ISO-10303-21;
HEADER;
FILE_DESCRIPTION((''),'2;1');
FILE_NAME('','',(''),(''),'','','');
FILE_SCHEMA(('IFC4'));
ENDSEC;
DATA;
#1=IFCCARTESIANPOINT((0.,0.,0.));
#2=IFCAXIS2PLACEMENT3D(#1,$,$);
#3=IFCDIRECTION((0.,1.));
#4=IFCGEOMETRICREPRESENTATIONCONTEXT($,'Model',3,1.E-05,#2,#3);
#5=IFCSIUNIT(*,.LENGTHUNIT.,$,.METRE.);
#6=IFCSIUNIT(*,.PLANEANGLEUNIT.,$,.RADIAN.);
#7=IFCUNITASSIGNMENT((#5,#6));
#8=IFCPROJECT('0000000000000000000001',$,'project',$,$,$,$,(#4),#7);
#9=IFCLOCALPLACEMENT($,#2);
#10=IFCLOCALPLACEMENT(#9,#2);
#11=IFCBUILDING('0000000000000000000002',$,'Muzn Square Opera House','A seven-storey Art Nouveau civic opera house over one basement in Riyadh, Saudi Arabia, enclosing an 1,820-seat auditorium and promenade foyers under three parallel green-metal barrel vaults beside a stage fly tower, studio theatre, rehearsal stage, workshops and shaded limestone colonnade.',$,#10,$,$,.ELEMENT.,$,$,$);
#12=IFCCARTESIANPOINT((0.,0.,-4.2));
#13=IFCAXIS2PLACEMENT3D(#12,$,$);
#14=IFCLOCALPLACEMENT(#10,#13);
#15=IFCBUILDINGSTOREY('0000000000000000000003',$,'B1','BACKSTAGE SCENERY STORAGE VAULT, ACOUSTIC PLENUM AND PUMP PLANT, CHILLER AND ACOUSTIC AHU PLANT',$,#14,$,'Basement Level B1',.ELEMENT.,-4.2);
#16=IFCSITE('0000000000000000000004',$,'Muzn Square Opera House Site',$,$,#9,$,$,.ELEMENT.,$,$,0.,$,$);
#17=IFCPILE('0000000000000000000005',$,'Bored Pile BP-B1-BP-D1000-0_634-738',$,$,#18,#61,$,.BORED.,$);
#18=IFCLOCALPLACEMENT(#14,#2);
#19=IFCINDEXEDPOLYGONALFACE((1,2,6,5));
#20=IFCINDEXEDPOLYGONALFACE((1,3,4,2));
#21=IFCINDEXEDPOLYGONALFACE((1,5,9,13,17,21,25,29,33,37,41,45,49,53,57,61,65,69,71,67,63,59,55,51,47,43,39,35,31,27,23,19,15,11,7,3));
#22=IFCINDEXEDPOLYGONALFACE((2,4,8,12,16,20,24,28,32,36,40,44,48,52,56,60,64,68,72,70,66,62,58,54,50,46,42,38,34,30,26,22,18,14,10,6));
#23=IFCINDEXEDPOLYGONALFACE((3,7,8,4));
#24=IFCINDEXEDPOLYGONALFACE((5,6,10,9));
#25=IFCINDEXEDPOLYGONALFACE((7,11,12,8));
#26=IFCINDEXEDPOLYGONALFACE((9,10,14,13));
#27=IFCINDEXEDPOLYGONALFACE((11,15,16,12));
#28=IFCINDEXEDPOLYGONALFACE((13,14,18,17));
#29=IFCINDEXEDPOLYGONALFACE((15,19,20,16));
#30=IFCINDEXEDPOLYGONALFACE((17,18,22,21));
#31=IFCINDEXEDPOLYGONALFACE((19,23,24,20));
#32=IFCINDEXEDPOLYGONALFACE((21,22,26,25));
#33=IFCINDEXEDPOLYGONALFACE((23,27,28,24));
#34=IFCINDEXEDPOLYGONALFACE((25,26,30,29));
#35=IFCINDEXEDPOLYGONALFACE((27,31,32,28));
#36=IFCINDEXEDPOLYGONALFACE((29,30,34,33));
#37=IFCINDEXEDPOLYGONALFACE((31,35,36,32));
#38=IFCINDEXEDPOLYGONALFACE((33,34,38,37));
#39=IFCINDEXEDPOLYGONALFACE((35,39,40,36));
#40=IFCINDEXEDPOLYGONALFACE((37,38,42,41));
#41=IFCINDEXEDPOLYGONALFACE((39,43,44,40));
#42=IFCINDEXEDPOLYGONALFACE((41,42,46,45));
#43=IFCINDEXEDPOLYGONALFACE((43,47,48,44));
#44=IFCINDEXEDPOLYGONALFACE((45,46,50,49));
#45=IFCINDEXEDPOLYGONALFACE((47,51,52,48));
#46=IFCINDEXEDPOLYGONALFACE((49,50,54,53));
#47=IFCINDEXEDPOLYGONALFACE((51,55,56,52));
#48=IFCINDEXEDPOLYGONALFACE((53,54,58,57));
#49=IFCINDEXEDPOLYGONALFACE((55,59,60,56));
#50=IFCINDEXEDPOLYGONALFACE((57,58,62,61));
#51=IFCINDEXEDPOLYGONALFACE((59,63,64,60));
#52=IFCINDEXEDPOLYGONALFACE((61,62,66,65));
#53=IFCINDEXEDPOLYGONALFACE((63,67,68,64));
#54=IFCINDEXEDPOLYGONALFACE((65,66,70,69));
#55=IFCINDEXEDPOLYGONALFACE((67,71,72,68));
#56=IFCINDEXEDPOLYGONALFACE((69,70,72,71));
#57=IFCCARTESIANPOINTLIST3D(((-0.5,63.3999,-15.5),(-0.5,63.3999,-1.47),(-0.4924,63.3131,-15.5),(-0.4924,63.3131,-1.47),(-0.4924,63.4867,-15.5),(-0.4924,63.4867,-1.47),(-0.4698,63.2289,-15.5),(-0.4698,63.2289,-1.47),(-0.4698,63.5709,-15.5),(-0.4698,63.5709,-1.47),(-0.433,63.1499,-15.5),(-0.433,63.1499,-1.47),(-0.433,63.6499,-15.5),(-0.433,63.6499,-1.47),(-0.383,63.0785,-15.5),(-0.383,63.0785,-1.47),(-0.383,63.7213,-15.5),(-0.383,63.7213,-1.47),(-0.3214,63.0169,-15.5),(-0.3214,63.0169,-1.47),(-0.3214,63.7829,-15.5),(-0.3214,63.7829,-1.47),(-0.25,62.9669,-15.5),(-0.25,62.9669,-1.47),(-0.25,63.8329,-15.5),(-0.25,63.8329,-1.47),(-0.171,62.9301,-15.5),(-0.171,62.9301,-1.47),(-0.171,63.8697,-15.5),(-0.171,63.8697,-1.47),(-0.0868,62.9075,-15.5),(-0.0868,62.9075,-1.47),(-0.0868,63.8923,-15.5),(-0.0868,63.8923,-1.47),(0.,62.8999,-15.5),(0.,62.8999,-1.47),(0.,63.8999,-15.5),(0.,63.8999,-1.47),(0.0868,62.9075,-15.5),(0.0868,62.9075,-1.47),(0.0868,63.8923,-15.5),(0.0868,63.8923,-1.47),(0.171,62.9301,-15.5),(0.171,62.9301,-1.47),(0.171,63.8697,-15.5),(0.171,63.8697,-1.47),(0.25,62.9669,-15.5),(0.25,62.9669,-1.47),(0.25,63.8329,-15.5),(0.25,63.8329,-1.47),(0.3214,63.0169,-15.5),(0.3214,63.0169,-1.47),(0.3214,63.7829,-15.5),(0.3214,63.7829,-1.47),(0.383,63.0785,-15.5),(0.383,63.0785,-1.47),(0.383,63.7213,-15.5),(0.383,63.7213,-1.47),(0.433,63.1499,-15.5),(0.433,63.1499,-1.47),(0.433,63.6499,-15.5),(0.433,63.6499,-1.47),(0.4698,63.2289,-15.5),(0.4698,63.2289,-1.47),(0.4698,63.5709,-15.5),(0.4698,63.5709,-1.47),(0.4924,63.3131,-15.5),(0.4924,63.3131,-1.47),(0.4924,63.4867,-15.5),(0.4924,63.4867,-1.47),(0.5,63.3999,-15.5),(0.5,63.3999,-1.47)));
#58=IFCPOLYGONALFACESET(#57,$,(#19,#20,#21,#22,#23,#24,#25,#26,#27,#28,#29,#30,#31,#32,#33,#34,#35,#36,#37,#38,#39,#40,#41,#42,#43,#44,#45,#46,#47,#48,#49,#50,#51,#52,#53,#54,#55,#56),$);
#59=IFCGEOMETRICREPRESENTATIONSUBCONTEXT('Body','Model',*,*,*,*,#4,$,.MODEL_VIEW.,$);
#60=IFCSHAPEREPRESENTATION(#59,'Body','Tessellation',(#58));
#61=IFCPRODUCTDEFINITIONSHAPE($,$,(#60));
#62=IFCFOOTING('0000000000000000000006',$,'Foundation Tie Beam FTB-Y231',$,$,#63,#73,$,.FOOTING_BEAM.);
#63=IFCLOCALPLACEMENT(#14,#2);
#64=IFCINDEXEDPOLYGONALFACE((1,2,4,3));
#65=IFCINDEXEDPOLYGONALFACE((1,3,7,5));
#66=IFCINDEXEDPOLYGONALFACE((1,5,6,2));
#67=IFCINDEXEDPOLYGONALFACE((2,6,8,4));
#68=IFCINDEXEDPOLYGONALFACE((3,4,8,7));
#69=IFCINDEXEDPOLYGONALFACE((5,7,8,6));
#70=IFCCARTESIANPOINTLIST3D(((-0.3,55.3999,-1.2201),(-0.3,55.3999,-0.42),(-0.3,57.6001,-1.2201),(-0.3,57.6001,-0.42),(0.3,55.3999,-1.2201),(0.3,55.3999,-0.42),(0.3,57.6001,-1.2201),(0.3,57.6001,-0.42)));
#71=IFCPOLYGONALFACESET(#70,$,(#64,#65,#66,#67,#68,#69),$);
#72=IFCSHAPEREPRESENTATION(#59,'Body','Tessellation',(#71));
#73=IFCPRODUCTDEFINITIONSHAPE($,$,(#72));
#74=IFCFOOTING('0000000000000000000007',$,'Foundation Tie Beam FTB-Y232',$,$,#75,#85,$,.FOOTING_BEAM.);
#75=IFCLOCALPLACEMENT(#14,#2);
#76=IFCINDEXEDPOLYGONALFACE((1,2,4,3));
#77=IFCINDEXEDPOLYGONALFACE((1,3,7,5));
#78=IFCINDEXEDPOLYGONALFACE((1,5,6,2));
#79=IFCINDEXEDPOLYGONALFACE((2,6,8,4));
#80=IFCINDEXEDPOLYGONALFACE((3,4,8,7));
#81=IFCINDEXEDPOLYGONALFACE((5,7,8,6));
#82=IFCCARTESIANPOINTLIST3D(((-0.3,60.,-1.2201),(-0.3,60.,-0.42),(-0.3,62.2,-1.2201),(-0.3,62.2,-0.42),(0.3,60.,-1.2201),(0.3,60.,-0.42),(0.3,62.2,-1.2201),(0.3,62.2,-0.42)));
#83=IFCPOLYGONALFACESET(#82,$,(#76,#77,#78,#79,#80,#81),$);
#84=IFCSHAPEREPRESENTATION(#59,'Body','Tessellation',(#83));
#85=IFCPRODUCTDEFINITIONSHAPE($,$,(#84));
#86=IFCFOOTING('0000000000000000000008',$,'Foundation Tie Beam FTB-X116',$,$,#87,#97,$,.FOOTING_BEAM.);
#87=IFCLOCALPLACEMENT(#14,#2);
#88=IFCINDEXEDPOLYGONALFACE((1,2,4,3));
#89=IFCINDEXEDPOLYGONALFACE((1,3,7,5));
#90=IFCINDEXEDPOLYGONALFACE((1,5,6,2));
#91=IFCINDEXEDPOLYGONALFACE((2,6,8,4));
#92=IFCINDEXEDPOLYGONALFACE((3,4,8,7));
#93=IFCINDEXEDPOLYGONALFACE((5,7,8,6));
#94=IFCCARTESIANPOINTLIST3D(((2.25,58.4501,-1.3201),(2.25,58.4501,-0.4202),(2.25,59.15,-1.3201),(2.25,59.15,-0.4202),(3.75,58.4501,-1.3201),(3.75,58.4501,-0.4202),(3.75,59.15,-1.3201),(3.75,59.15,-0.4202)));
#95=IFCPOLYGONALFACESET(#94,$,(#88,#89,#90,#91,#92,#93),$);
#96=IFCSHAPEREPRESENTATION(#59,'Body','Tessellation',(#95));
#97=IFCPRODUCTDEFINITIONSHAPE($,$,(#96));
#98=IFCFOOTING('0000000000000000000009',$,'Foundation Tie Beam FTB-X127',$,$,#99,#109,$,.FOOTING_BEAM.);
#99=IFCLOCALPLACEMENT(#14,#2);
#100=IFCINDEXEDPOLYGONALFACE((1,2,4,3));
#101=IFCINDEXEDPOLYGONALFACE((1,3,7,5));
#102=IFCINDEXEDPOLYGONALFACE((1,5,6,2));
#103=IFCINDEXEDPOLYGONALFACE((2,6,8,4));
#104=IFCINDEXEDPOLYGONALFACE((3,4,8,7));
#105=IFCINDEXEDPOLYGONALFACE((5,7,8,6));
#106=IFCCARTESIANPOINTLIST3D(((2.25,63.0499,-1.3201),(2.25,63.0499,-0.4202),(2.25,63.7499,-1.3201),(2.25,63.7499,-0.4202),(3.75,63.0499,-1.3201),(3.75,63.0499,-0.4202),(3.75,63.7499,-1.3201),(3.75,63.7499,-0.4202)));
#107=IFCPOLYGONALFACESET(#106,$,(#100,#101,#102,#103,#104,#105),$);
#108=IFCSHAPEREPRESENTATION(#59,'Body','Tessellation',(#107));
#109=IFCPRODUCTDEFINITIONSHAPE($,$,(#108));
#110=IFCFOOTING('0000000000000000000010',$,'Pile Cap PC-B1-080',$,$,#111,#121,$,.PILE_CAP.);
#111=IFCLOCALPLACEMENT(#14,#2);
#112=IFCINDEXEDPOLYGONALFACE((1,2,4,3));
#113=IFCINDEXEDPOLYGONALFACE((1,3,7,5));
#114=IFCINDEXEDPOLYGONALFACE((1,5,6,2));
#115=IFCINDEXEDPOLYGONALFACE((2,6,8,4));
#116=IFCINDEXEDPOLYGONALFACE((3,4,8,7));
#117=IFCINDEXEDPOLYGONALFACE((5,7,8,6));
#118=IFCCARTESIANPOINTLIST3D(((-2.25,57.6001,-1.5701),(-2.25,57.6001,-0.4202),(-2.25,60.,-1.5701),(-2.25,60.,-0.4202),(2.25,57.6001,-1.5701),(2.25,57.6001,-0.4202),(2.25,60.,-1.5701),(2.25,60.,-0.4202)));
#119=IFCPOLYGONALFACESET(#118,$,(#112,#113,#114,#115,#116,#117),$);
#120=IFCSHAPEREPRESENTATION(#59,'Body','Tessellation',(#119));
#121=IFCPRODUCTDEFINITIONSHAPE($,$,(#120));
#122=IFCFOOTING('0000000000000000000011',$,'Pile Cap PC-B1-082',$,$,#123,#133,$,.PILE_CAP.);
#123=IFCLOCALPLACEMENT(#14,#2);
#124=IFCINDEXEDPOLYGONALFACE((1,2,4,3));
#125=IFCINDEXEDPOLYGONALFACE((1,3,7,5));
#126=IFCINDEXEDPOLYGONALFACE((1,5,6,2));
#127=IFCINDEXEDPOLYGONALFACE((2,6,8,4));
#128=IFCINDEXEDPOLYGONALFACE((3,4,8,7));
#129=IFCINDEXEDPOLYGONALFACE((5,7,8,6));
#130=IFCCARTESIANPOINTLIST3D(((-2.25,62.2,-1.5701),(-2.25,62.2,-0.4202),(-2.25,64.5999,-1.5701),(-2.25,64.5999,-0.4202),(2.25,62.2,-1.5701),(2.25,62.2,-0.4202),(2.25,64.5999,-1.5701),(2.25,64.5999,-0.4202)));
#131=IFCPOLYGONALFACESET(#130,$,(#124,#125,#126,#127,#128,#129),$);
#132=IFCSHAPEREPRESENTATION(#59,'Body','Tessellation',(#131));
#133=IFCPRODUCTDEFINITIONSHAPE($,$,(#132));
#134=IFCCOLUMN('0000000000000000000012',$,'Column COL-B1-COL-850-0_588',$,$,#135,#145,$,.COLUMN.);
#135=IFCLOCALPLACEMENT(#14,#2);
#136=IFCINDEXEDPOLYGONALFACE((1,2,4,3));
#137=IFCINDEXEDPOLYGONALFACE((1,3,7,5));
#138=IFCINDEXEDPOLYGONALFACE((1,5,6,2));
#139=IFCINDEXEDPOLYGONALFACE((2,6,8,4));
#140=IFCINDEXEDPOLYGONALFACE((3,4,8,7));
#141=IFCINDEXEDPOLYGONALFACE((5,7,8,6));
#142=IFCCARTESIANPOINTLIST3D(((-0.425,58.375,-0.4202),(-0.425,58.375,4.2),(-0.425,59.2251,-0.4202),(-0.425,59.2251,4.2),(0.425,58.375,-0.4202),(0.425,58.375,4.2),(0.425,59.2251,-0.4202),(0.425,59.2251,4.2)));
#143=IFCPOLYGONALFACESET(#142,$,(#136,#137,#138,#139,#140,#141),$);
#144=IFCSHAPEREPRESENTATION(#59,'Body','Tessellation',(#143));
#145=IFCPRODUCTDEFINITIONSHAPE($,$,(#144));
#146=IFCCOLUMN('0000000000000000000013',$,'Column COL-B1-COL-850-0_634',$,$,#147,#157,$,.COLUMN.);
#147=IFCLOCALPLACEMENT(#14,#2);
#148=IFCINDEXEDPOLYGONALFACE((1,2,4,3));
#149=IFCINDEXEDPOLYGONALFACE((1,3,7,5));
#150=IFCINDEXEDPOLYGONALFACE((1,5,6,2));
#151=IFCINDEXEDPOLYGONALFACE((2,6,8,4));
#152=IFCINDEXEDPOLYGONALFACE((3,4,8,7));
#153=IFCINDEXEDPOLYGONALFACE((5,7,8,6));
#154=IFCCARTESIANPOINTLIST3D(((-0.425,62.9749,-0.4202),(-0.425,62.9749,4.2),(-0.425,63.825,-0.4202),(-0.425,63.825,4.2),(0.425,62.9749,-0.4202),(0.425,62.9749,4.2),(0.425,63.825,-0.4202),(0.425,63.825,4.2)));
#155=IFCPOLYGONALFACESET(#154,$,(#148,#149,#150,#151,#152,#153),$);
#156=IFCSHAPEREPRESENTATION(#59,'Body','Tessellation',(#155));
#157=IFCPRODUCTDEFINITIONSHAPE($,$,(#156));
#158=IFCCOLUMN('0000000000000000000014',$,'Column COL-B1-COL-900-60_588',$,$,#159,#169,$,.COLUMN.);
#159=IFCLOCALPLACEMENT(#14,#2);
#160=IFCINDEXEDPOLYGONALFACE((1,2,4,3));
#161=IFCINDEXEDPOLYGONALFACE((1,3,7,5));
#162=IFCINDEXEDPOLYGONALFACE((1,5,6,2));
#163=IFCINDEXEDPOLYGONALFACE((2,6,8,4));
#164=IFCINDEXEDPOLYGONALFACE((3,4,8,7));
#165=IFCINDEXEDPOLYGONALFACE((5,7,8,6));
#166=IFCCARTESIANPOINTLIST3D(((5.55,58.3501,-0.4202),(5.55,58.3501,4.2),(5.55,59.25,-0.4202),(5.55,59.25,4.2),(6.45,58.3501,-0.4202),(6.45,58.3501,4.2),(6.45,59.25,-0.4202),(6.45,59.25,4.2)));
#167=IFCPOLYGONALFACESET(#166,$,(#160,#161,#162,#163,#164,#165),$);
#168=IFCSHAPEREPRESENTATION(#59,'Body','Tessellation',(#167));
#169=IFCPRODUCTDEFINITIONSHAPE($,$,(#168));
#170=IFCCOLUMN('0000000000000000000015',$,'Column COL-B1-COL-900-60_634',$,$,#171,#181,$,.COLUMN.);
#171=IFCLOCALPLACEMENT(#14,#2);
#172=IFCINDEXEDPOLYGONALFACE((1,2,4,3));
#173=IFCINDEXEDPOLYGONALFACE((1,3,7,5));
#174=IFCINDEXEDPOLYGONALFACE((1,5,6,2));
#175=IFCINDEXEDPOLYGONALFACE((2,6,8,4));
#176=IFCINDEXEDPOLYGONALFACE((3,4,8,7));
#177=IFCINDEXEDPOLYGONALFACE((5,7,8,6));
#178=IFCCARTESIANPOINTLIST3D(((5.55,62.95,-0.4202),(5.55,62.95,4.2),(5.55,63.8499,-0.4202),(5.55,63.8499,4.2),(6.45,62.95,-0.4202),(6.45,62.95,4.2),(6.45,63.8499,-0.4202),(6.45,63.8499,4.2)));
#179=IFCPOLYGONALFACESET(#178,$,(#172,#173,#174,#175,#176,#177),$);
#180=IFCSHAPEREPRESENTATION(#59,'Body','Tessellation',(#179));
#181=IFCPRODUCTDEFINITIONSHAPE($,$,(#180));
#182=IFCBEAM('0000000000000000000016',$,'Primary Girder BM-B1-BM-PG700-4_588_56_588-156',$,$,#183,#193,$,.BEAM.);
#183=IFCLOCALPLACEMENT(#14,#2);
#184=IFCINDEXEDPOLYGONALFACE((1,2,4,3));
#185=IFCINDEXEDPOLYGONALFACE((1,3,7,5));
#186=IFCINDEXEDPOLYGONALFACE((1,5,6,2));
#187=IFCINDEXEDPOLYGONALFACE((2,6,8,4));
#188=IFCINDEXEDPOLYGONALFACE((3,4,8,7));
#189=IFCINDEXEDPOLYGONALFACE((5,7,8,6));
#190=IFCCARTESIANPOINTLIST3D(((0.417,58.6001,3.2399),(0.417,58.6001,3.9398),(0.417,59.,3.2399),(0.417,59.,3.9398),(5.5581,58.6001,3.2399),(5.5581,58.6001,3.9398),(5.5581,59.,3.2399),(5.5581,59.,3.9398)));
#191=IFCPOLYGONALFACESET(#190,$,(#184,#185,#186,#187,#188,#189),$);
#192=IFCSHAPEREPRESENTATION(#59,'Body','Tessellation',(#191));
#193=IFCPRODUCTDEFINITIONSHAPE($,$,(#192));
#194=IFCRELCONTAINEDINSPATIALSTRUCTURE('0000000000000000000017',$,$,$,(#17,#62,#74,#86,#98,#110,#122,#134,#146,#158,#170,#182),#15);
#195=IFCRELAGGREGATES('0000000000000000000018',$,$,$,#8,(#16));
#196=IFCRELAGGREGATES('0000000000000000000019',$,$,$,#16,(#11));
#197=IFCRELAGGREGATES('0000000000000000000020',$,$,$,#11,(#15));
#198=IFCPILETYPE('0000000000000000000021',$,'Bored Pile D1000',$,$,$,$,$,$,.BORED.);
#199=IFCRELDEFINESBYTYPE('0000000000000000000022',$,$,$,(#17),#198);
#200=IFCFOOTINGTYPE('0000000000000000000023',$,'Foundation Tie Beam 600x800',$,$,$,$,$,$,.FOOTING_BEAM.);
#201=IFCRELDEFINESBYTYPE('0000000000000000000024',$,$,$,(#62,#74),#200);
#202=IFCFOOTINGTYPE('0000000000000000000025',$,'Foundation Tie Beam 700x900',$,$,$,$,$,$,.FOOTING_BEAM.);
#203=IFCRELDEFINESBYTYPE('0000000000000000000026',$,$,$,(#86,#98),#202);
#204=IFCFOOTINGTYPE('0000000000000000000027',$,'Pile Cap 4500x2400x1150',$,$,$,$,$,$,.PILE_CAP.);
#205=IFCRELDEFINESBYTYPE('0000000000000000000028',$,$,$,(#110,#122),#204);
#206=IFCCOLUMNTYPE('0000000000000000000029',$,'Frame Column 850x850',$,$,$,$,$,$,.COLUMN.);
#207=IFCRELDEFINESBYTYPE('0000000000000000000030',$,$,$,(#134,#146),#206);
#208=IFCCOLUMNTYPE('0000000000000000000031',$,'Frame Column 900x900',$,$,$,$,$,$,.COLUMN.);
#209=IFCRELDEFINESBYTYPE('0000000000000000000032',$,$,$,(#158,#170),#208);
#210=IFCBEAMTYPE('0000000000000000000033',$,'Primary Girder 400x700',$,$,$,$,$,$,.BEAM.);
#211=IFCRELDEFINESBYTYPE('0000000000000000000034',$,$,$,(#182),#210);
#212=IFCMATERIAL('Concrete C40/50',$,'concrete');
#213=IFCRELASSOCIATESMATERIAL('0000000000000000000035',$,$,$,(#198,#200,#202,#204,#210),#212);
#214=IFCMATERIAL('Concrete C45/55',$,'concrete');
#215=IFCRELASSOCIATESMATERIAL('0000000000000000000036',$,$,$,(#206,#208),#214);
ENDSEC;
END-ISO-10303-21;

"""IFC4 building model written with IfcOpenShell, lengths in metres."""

from ifc_helpers import new_model, si_unit, direction, frame, origin, origin_2d, place, context, subcontext, project, spatial, rectangle, circle, extrude, material, material_profile, profile_set, type_object, element, save


model = new_model("IFC4")

# Units and contexts
model_context = context("Model", 3, precision=1e-05, world=origin(), true_north=direction((0.0, 1.0)))
body_context = subcontext(model_context, "Body", "Model", "MODEL_VIEW")
ifc_project = project(units=[si_unit("LENGTHUNIT", "METRE"), si_unit("PLANEANGLEUNIT", "RADIAN")], contexts=[model_context])

# Site, building, storey
site_placement = place(None, origin())
site = spatial("IfcSite", under=ifc_project, at=site_placement, Name="Muzn Square Opera House Site", CompositionType="ELEMENT", RefElevation=0.0)
building_placement = place(site_placement, origin())
building = spatial("IfcBuilding", under=site, at=building_placement, Name="Muzn Square Opera House", Description="A seven-storey Art Nouveau civic opera house over one basement in Riyadh, Saudi Arabia, enclosing an 1,820-seat auditorium and promenade foyers under three parallel green-metal barrel vaults beside a stage fly tower, studio theatre, rehearsal stage, workshops and shaded limestone colonnade.", CompositionType="ELEMENT")
storey_placement = place(building_placement, frame((0.0, 0.0, -4.2)))
storey = spatial("IfcBuildingStorey", under=building, at=storey_placement, Name="B1", Description="BACKSTAGE SCENERY STORAGE VAULT, ACOUSTIC PLENUM AND PUMP PLANT, CHILLER AND ACOUSTIC AHU PLANT", LongName="Basement Level B1", CompositionType="ELEMENT", Elevation=-4.2)

# Pile
ifc_material_1 = material(Name="Concrete C40/50", Category="concrete")
ifc_material_profile_1 = material_profile(ifc_material_1, circle(Radius=0.5, at=origin_2d()), Name="BORED PILE D1000", Category="concrete")
ifc_profile_set_1 = profile_set([ifc_material_profile_1], Name="Concrete C40/50")
pile_type = type_object("IfcPileType", Name="Bored Pile D1000", PredefinedType="BORED", material=ifc_profile_set_1)
for number, where, z_axis, x_axis, name in (
    (1, (0.0, 63.3999, -1.47), (0.0, 0.0, -1.0), (1.0, 0.0, 0.0), "Bored Pile BP-B1-BP-D1000-0_634-738"),
):
    element("IfcPile", number, at=place(storey_placement, frame(where, z_axis=z_axis, x_axis=x_axis)), inside=storey, type_object=pile_type, Name=name, PredefinedType="BORED", context=body_context, shape_type="SweptSolid", body=[
        extrude(circle(Radius=0.5, at=origin_2d()), origin(), (0.0, 0.0, 1.0), 14.03),
    ])

# Footings
ifc_material_profile_2 = material_profile(ifc_material_1, rectangle(XDim=0.6001, YDim=0.8, at=origin_2d()), Name="RCTB 600x800", Category="concrete")
ifc_profile_set_2 = profile_set([ifc_material_profile_2], Name="Concrete C40/50")
footing_type_1 = type_object("IfcFootingType", Name="Foundation Tie Beam 600x800", PredefinedType="FOOTING_BEAM", material=ifc_profile_set_2)
footing_1_placement = place(storey_placement, frame((0.0, 55.3999, -0.8201), z_axis=(0.0, 1.0, 0.0), x_axis=(-1.0, 0.0, 0.0)))
element("IfcFooting", 2, at=footing_1_placement, inside=storey, type_object=footing_type_1, Name="Foundation Tie Beam FTB-Y231", PredefinedType="FOOTING_BEAM", context=body_context, shape_type="SweptSolid", body=[
    extrude(rectangle(XDim=0.6001, YDim=0.8, at=origin_2d()), origin(), (0.0, 0.0, 1.0), 2.2002),
])
footing_2_placement = place(storey_placement, frame((0.0, 60.0, -0.8201), z_axis=(0.0, 1.0, 0.0), x_axis=(-1.0, 0.0, 0.0)))
element("IfcFooting", 3, at=footing_2_placement, inside=storey, type_object=footing_type_1, Name="Foundation Tie Beam FTB-Y232", PredefinedType="FOOTING_BEAM", context=body_context, shape_type="SweptSolid", body=[
    extrude(rectangle(XDim=0.6001, YDim=0.8, at=origin_2d()), origin(), (0.0, 0.0, 1.0), 2.2),
])
ifc_material_profile_3 = material_profile(ifc_material_1, rectangle(XDim=0.7, YDim=0.8999, at=origin_2d()), Name="RCTB 700x900", Category="concrete")
ifc_profile_set_3 = profile_set([ifc_material_profile_3], Name="Concrete C40/50")
footing_type_2 = type_object("IfcFootingType", Name="Foundation Tie Beam 700x900", PredefinedType="FOOTING_BEAM", material=ifc_profile_set_3)
for number, where, z_axis, x_axis, name in (
    (4, (2.25, 58.8, -0.8701), (1.0, 0.0, 0.0), (0.0, 1.0, 0.0), "Foundation Tie Beam FTB-X116"),
    (5, (2.25, 63.3999, -0.8701), (1.0, 0.0, 0.0), (0.0, 1.0, 0.0), "Foundation Tie Beam FTB-X127"),
):
    element("IfcFooting", number, at=place(storey_placement, frame(where, z_axis=z_axis, x_axis=x_axis)), inside=storey, type_object=footing_type_2, Name=name, PredefinedType="FOOTING_BEAM", context=body_context, shape_type="SweptSolid", body=[
        extrude(rectangle(XDim=0.7, YDim=0.8999, at=origin_2d()), origin(), (0.0, 0.0, 1.0), 1.5),
    ])
footing_type_3 = type_object("IfcFootingType", Name="Pile Cap 4500x2400x1150", PredefinedType="PILE_CAP", material=ifc_material_1)
for number, where, z_axis, x_axis, name in (
    (6, (0.0, 58.8, -1.5701), (0.0, 0.0, 1.0), (1.0, 0.0, 0.0), "Pile Cap PC-B1-080"),
    (7, (0.0, 63.3999, -1.5701), (0.0, 0.0, 1.0), (1.0, 0.0, 0.0), "Pile Cap PC-B1-082"),
):
    element("IfcFooting", number, at=place(storey_placement, frame(where, z_axis=z_axis, x_axis=x_axis)), inside=storey, type_object=footing_type_3, Name=name, PredefinedType="PILE_CAP", context=body_context, shape_type="SweptSolid", body=[
        extrude(rectangle(XDim=4.5, YDim=2.3999, at=origin_2d()), origin(), (0.0, 0.0, 1.0), 1.1499),
    ])

# Columns
ifc_material_2 = material(Name="Concrete C45/55", Category="concrete")
ifc_material_profile_4 = material_profile(ifc_material_2, rectangle(XDim=0.8501, YDim=0.8501, at=origin_2d()), Name="RC 850x850", Category="concrete")
ifc_profile_set_4 = profile_set([ifc_material_profile_4], Name="Concrete C45/55")
column_type_1 = type_object("IfcColumnType", Name="Frame Column 850x850", PredefinedType="COLUMN", material=ifc_profile_set_4)
for number, where, z_axis, x_axis, name in (
    (8, (0.0, 58.8, -0.4202), (0.0, 0.0, 1.0), (1.0, 0.0, 0.0), "Column COL-B1-COL-850-0_588"),
    (9, (0.0, 63.3999, -0.4202), (0.0, 0.0, 1.0), (1.0, 0.0, 0.0), "Column COL-B1-COL-850-0_634"),
):
    element("IfcColumn", number, at=place(storey_placement, frame(where, z_axis=z_axis, x_axis=x_axis)), inside=storey, type_object=column_type_1, Name=name, PredefinedType="COLUMN", context=body_context, shape_type="SweptSolid", body=[
        extrude(rectangle(XDim=0.8501, YDim=0.8501, at=origin_2d()), origin(), (0.0, 0.0, 1.0), 4.6201),
    ])
ifc_material_profile_5 = material_profile(ifc_material_2, rectangle(XDim=0.8999, YDim=0.8999, at=origin_2d()), Name="RC 900x900", Category="concrete")
ifc_profile_set_5 = profile_set([ifc_material_profile_5], Name="Concrete C45/55")
column_type_2 = type_object("IfcColumnType", Name="Frame Column 900x900", PredefinedType="COLUMN", material=ifc_profile_set_5)
for number, where, z_axis, x_axis, name in (
    (10, (6.0, 58.8, -0.4202), (0.0, 0.0, 1.0), (1.0, 0.0, 0.0), "Column COL-B1-COL-900-60_588"),
    (11, (6.0, 63.3999, -0.4202), (0.0, 0.0, 1.0), (1.0, 0.0, 0.0), "Column COL-B1-COL-900-60_634"),
):
    element("IfcColumn", number, at=place(storey_placement, frame(where, z_axis=z_axis, x_axis=x_axis)), inside=storey, type_object=column_type_2, Name=name, PredefinedType="COLUMN", context=body_context, shape_type="SweptSolid", body=[
        extrude(rectangle(XDim=0.8999, YDim=0.8999, at=origin_2d()), origin(), (0.0, 0.0, 1.0), 4.6201),
    ])

# Beam
ifc_material_profile_6 = material_profile(ifc_material_1, rectangle(XDim=0.3999, YDim=0.7, at=origin_2d()), Name="RCB 400x700", Category="concrete")
ifc_profile_set_6 = profile_set([ifc_material_profile_6], Name="Concrete C40/50")
beam_type_1 = type_object("IfcBeamType", Name="Primary Girder 400x700", PredefinedType="BEAM", material=ifc_profile_set_6)
for number, where, z_axis, x_axis, name in (
    (12, (0.417, 58.8, 3.5898), (1.0, 0.0, 0.0), (0.0, 1.0, 0.0), "Primary Girder BM-B1-BM-PG700-4_588_56_588-156"),
):
    element("IfcBeam", number, at=place(storey_placement, frame(where, z_axis=z_axis, x_axis=x_axis)), inside=storey, type_object=beam_type_1, Name=name, PredefinedType="BEAM", context=body_context, shape_type="SweptSolid", body=[
        extrude(rectangle(XDim=0.3999, YDim=0.7, at=origin_2d()), origin(), (0.0, 0.0, 1.0), 5.1411),
    ])

save(model, "model.ifc")
